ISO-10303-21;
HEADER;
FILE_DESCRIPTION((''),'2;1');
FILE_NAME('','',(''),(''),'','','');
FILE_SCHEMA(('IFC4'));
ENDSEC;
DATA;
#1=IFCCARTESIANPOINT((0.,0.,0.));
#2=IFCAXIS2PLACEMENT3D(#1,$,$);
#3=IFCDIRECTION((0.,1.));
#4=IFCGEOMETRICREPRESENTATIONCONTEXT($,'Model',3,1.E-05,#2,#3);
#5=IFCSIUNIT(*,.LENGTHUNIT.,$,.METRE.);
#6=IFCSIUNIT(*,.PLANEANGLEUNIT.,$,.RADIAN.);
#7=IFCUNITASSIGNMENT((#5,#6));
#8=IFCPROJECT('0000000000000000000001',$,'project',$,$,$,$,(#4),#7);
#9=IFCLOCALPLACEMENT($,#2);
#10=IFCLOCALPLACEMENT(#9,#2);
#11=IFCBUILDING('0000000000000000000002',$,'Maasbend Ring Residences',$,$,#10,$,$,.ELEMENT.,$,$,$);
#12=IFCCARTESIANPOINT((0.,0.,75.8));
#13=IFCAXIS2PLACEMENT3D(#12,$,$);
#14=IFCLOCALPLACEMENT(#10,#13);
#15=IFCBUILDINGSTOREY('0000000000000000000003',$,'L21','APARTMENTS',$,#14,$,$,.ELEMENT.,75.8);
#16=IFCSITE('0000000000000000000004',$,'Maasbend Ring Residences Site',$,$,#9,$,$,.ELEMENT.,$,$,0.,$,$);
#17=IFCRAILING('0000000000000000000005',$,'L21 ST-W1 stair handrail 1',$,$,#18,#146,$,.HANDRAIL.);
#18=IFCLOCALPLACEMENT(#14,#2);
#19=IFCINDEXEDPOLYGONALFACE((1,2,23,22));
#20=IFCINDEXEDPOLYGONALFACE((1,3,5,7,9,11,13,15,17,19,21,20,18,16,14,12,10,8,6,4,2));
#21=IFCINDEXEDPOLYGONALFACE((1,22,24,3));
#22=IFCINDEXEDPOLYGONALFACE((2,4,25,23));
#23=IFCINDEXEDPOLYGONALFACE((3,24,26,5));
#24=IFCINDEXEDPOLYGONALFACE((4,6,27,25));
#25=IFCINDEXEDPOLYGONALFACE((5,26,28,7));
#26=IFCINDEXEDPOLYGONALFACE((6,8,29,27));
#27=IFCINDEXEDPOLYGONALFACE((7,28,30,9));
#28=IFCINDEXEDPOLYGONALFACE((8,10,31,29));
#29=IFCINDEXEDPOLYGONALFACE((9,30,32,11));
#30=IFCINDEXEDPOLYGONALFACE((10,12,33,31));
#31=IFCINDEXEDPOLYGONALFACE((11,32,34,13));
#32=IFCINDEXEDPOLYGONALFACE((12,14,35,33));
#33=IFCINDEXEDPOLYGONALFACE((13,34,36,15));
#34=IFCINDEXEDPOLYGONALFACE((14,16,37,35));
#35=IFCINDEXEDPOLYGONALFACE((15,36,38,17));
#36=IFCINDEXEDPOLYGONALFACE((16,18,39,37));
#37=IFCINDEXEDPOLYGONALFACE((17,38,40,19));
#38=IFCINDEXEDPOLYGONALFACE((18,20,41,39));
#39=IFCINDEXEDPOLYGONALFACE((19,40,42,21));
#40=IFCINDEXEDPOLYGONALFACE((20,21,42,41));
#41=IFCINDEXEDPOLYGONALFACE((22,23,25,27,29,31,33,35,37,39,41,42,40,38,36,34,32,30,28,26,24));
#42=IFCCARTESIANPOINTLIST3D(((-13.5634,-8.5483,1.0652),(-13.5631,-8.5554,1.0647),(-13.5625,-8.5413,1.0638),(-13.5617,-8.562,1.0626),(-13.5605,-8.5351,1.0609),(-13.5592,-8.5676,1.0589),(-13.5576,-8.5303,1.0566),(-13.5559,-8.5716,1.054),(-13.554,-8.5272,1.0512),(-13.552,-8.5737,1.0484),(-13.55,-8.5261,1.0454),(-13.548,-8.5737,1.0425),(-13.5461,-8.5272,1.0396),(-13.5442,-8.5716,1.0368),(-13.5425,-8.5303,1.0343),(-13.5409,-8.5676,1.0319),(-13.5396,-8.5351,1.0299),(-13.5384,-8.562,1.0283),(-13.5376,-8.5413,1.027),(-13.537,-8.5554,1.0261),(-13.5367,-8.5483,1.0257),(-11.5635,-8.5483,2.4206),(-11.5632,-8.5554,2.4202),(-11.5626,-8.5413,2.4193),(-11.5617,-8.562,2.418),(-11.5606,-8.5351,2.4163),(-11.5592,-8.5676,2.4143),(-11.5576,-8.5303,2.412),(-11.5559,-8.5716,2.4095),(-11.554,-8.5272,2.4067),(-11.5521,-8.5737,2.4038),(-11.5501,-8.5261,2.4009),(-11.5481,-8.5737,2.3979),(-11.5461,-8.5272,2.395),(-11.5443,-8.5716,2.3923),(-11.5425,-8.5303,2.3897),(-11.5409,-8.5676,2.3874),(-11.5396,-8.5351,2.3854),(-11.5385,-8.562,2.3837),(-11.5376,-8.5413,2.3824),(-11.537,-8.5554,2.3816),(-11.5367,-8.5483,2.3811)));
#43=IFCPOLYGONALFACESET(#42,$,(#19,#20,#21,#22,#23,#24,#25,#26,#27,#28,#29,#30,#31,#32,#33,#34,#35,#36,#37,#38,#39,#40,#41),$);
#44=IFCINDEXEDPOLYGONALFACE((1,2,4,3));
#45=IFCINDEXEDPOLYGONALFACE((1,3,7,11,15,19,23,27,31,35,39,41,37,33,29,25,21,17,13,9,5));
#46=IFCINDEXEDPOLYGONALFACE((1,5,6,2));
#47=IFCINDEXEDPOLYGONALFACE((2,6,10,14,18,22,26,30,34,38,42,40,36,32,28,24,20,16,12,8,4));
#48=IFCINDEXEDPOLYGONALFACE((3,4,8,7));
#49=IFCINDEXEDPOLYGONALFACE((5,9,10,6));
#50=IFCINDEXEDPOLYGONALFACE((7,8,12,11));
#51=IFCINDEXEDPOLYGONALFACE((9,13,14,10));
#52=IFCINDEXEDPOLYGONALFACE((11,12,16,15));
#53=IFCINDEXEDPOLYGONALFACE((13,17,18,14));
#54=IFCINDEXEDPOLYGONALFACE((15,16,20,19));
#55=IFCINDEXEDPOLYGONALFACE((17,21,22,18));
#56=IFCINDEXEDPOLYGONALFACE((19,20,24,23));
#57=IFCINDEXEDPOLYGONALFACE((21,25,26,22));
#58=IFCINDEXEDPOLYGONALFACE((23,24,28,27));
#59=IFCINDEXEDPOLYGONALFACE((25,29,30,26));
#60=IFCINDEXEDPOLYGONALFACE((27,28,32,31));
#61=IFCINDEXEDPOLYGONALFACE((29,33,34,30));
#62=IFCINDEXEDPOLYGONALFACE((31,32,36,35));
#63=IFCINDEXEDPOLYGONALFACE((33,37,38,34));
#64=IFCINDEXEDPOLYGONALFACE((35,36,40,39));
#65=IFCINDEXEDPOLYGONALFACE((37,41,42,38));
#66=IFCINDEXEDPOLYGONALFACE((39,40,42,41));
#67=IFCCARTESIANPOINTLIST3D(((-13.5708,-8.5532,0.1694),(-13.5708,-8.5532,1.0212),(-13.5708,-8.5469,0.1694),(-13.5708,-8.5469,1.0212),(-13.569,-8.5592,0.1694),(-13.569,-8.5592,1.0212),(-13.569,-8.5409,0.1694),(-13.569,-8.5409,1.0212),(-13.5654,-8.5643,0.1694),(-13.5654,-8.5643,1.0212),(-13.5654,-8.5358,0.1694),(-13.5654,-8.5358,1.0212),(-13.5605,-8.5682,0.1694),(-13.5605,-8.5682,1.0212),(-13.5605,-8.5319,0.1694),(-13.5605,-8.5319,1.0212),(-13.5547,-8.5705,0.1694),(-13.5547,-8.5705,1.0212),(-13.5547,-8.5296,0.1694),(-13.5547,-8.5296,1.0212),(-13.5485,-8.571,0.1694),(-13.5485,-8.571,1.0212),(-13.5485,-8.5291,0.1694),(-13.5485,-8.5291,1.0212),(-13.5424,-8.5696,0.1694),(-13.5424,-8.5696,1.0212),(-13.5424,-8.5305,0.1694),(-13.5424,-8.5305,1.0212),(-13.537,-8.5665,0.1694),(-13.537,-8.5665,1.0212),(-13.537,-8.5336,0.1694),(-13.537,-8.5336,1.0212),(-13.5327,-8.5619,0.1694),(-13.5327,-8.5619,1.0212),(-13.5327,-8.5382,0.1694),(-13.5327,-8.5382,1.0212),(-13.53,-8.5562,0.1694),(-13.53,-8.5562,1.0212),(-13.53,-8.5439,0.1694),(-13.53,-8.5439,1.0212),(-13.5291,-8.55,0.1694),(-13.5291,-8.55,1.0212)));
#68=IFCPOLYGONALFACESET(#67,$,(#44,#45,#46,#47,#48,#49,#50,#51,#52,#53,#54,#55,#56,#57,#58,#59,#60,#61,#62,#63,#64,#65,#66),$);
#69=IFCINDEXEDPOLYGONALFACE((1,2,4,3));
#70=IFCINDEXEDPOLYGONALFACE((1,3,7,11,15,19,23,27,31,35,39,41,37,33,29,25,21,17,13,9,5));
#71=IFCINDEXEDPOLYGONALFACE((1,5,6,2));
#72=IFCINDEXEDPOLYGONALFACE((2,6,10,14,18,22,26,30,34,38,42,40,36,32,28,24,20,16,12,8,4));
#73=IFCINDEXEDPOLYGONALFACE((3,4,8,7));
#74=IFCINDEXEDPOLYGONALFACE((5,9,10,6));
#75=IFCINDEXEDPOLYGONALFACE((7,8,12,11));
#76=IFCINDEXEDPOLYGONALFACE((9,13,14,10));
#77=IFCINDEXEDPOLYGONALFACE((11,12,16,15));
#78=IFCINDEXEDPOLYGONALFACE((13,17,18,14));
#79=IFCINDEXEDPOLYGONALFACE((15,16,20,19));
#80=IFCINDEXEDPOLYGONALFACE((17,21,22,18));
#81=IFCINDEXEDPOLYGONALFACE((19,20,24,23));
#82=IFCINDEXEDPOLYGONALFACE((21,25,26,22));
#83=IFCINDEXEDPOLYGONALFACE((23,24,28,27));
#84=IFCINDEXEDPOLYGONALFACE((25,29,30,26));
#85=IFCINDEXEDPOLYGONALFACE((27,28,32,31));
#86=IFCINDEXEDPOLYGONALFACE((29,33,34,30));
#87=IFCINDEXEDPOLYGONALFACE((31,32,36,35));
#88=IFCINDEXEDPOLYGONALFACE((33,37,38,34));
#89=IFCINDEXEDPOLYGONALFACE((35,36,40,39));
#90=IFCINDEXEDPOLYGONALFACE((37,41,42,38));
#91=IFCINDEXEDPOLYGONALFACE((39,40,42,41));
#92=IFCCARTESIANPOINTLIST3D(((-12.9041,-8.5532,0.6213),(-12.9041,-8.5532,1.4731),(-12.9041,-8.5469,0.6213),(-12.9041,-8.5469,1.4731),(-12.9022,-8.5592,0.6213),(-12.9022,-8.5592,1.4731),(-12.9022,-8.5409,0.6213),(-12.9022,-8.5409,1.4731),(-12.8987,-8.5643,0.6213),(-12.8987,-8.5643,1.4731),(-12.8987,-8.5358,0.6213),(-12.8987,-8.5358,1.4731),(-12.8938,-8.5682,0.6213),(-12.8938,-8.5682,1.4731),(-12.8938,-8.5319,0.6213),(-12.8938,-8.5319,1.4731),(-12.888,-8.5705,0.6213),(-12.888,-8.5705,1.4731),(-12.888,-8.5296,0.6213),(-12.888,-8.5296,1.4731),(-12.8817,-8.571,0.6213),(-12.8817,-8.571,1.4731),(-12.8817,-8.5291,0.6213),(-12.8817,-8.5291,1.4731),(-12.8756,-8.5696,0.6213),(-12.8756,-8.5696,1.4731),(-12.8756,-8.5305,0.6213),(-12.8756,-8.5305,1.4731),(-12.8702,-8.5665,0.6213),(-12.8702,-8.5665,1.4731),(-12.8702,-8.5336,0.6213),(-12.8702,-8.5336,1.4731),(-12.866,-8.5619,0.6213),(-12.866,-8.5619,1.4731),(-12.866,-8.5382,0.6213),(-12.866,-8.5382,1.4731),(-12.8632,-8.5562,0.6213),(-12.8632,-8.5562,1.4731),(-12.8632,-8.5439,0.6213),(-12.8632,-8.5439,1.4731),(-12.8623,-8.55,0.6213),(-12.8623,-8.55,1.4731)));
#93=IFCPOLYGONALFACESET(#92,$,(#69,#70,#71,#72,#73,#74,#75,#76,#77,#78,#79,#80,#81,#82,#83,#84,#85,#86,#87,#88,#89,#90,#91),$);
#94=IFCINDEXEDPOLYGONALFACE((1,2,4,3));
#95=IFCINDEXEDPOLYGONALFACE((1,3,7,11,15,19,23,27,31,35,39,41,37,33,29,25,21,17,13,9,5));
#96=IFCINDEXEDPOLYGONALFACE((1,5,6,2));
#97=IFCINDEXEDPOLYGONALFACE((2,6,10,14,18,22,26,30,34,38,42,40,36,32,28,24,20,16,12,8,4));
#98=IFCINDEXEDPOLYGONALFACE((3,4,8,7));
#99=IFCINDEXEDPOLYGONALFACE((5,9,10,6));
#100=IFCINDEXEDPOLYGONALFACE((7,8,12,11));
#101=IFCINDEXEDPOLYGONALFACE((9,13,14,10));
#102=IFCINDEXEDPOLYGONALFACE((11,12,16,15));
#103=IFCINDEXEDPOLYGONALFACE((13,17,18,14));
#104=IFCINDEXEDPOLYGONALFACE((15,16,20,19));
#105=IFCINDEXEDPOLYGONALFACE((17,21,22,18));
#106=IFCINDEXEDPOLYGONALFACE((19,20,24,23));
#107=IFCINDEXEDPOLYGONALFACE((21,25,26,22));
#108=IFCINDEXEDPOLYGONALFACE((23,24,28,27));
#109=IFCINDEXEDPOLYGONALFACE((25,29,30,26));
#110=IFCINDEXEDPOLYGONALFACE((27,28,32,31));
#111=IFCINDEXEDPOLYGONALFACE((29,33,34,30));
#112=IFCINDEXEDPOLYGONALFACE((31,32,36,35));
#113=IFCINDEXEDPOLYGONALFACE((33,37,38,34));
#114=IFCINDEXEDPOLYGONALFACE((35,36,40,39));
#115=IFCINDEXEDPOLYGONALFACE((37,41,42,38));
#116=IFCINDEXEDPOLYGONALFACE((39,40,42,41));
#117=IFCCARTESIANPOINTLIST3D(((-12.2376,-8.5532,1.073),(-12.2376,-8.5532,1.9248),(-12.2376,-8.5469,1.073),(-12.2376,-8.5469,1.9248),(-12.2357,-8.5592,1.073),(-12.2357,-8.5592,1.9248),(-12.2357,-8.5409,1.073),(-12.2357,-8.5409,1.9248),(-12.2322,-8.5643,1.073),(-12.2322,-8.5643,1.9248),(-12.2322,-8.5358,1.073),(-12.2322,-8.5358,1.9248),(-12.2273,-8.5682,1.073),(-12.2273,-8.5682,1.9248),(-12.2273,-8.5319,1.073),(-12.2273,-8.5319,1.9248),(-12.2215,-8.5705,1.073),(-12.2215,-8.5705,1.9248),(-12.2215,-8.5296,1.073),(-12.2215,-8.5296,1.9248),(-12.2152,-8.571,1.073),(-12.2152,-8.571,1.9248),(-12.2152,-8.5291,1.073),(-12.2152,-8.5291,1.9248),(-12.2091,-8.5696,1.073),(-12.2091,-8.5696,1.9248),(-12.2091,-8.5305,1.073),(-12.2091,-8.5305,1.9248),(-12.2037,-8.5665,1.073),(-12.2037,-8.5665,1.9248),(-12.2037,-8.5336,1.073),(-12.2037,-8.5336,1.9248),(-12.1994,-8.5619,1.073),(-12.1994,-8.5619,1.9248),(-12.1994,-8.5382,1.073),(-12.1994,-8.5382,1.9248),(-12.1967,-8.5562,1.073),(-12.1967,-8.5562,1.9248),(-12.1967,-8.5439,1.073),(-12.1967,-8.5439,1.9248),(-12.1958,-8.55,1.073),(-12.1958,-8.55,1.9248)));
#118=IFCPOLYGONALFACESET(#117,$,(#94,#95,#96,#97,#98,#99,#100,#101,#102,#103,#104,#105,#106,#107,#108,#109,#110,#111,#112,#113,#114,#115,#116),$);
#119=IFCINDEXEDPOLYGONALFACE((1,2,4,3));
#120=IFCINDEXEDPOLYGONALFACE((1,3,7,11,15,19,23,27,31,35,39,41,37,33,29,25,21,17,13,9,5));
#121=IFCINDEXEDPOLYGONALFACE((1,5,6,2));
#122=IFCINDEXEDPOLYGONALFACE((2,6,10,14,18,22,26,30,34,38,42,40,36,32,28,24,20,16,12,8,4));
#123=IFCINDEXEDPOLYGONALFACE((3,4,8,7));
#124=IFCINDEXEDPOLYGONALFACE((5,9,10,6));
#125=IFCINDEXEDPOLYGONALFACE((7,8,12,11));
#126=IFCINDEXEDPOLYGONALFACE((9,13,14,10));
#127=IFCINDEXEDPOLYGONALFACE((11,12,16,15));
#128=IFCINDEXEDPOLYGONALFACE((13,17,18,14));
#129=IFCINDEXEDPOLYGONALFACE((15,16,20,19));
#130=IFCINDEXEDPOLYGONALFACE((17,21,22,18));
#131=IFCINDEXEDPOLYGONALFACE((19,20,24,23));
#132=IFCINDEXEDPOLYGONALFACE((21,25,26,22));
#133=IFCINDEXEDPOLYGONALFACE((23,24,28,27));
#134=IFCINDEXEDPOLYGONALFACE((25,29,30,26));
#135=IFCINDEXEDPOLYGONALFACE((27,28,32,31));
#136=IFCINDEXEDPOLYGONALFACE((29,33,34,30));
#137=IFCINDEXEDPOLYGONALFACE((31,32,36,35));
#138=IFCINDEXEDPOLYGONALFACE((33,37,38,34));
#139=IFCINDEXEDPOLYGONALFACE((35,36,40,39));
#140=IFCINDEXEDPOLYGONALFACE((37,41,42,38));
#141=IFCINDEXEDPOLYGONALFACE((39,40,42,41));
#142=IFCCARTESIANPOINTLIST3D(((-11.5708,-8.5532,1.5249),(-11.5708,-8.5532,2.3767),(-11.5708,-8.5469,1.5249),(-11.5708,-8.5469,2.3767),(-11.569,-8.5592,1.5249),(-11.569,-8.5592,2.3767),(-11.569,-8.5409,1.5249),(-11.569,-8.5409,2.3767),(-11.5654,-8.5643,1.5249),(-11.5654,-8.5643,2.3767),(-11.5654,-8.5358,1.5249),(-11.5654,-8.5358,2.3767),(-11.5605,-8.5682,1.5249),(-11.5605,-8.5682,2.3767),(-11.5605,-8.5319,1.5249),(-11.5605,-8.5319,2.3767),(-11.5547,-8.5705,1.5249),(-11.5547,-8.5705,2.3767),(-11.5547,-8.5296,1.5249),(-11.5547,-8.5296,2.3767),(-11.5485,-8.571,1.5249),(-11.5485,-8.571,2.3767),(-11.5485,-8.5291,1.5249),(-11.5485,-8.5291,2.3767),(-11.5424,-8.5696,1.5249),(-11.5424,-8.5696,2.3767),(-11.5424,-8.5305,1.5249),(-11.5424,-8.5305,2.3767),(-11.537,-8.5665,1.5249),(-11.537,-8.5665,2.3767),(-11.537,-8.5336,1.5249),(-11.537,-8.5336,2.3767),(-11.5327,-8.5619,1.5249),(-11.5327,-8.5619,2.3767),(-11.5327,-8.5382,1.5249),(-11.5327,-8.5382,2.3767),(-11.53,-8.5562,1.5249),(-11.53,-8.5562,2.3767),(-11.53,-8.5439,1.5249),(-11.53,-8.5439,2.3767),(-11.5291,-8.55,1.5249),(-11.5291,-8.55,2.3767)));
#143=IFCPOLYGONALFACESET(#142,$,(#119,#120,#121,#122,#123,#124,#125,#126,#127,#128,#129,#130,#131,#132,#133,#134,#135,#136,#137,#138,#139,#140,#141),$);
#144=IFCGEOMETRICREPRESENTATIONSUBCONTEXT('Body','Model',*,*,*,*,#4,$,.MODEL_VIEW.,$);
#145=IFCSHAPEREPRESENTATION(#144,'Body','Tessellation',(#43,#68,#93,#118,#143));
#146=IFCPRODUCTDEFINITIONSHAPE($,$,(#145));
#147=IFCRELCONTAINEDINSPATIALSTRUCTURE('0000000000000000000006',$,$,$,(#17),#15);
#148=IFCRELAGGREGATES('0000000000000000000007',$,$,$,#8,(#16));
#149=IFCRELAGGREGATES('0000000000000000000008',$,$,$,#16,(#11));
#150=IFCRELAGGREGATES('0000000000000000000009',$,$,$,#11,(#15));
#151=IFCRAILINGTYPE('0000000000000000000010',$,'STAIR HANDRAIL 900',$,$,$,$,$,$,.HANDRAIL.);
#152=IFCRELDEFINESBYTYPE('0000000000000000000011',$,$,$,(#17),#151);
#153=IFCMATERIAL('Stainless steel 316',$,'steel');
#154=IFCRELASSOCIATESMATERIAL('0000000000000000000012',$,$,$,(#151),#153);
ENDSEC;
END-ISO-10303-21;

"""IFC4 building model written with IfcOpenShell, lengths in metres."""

from ifc_helpers import new_model, si_unit, direction, frame, origin, origin_2d, place, context, subcontext, project, spatial, circle, extrude, material, type_object, element, save


model = new_model("IFC4")

# Units and contexts
model_context = context("Model", 3, precision=1e-05, world=origin(), true_north=direction((0.0, 1.0)))
body_context = subcontext(model_context, "Body", "Model", "MODEL_VIEW")
ifc_project = project(units=[si_unit("LENGTHUNIT", "METRE"), si_unit("PLANEANGLEUNIT", "RADIAN")], contexts=[model_context])

# Site, building, storey
site_placement = place(None, origin())
site = spatial("IfcSite", under=ifc_project, at=site_placement, Name="Maasbend Ring Residences Site", CompositionType="ELEMENT", RefElevation=0.0)
building_placement = place(site_placement, origin())
building = spatial("IfcBuilding", under=site, at=building_placement, Name="Maasbend Ring Residences", CompositionType="ELEMENT")
storey_placement = place(building_placement, frame((0.0, 0.0, 75.8)))
storey = spatial("IfcBuildingStorey", under=building, at=storey_placement, Name="L21", Description="APARTMENTS", CompositionType="ELEMENT", Elevation=75.8)

# Railing
ifc_material_1 = material(Name="Stainless steel 316", Category="steel")
railing_type_1 = type_object("IfcRailingType", Name="STAIR HANDRAIL 900", PredefinedType="HANDRAIL", material=ifc_material_1)
railing_1_placement = place(storey_placement, frame((-13.55, -8.55, 0.1694)))
element("IfcRailing", 1, at=railing_1_placement, inside=storey, type_object=railing_type_1, Name="L21 ST-W1 stair handrail 1", PredefinedType="HANDRAIL", context=body_context, shape_type="SweptSolid", body=[
    extrude(circle(Radius=0.0239, at=origin_2d()), frame((0.0, 0.0, 0.876), z_axis=(0.827798, 0.0, 0.561027), x_axis=(0.0, 1.0, 0.0)), (0.0, 0.0, 1.0), 2.416),
    extrude(circle(Radius=0.021, at=origin_2d()), origin(), (0.0, 0.0, 1.0), 0.8518),
    extrude(circle(Radius=0.021, at=origin_2d()), frame((0.6667, 0.0, 0.4519)), (0.0, 0.0, 1.0), 0.8518),
    extrude(circle(Radius=0.021, at=origin_2d()), frame((1.3333, 0.0, 0.9036)), (0.0, 0.0, 1.0), 0.8518),
    extrude(circle(Radius=0.021, at=origin_2d()), frame((2.0, 0.0, 1.3555)), (0.0, 0.0, 1.0), 0.8518),
])

save(model, "model.ifc")
